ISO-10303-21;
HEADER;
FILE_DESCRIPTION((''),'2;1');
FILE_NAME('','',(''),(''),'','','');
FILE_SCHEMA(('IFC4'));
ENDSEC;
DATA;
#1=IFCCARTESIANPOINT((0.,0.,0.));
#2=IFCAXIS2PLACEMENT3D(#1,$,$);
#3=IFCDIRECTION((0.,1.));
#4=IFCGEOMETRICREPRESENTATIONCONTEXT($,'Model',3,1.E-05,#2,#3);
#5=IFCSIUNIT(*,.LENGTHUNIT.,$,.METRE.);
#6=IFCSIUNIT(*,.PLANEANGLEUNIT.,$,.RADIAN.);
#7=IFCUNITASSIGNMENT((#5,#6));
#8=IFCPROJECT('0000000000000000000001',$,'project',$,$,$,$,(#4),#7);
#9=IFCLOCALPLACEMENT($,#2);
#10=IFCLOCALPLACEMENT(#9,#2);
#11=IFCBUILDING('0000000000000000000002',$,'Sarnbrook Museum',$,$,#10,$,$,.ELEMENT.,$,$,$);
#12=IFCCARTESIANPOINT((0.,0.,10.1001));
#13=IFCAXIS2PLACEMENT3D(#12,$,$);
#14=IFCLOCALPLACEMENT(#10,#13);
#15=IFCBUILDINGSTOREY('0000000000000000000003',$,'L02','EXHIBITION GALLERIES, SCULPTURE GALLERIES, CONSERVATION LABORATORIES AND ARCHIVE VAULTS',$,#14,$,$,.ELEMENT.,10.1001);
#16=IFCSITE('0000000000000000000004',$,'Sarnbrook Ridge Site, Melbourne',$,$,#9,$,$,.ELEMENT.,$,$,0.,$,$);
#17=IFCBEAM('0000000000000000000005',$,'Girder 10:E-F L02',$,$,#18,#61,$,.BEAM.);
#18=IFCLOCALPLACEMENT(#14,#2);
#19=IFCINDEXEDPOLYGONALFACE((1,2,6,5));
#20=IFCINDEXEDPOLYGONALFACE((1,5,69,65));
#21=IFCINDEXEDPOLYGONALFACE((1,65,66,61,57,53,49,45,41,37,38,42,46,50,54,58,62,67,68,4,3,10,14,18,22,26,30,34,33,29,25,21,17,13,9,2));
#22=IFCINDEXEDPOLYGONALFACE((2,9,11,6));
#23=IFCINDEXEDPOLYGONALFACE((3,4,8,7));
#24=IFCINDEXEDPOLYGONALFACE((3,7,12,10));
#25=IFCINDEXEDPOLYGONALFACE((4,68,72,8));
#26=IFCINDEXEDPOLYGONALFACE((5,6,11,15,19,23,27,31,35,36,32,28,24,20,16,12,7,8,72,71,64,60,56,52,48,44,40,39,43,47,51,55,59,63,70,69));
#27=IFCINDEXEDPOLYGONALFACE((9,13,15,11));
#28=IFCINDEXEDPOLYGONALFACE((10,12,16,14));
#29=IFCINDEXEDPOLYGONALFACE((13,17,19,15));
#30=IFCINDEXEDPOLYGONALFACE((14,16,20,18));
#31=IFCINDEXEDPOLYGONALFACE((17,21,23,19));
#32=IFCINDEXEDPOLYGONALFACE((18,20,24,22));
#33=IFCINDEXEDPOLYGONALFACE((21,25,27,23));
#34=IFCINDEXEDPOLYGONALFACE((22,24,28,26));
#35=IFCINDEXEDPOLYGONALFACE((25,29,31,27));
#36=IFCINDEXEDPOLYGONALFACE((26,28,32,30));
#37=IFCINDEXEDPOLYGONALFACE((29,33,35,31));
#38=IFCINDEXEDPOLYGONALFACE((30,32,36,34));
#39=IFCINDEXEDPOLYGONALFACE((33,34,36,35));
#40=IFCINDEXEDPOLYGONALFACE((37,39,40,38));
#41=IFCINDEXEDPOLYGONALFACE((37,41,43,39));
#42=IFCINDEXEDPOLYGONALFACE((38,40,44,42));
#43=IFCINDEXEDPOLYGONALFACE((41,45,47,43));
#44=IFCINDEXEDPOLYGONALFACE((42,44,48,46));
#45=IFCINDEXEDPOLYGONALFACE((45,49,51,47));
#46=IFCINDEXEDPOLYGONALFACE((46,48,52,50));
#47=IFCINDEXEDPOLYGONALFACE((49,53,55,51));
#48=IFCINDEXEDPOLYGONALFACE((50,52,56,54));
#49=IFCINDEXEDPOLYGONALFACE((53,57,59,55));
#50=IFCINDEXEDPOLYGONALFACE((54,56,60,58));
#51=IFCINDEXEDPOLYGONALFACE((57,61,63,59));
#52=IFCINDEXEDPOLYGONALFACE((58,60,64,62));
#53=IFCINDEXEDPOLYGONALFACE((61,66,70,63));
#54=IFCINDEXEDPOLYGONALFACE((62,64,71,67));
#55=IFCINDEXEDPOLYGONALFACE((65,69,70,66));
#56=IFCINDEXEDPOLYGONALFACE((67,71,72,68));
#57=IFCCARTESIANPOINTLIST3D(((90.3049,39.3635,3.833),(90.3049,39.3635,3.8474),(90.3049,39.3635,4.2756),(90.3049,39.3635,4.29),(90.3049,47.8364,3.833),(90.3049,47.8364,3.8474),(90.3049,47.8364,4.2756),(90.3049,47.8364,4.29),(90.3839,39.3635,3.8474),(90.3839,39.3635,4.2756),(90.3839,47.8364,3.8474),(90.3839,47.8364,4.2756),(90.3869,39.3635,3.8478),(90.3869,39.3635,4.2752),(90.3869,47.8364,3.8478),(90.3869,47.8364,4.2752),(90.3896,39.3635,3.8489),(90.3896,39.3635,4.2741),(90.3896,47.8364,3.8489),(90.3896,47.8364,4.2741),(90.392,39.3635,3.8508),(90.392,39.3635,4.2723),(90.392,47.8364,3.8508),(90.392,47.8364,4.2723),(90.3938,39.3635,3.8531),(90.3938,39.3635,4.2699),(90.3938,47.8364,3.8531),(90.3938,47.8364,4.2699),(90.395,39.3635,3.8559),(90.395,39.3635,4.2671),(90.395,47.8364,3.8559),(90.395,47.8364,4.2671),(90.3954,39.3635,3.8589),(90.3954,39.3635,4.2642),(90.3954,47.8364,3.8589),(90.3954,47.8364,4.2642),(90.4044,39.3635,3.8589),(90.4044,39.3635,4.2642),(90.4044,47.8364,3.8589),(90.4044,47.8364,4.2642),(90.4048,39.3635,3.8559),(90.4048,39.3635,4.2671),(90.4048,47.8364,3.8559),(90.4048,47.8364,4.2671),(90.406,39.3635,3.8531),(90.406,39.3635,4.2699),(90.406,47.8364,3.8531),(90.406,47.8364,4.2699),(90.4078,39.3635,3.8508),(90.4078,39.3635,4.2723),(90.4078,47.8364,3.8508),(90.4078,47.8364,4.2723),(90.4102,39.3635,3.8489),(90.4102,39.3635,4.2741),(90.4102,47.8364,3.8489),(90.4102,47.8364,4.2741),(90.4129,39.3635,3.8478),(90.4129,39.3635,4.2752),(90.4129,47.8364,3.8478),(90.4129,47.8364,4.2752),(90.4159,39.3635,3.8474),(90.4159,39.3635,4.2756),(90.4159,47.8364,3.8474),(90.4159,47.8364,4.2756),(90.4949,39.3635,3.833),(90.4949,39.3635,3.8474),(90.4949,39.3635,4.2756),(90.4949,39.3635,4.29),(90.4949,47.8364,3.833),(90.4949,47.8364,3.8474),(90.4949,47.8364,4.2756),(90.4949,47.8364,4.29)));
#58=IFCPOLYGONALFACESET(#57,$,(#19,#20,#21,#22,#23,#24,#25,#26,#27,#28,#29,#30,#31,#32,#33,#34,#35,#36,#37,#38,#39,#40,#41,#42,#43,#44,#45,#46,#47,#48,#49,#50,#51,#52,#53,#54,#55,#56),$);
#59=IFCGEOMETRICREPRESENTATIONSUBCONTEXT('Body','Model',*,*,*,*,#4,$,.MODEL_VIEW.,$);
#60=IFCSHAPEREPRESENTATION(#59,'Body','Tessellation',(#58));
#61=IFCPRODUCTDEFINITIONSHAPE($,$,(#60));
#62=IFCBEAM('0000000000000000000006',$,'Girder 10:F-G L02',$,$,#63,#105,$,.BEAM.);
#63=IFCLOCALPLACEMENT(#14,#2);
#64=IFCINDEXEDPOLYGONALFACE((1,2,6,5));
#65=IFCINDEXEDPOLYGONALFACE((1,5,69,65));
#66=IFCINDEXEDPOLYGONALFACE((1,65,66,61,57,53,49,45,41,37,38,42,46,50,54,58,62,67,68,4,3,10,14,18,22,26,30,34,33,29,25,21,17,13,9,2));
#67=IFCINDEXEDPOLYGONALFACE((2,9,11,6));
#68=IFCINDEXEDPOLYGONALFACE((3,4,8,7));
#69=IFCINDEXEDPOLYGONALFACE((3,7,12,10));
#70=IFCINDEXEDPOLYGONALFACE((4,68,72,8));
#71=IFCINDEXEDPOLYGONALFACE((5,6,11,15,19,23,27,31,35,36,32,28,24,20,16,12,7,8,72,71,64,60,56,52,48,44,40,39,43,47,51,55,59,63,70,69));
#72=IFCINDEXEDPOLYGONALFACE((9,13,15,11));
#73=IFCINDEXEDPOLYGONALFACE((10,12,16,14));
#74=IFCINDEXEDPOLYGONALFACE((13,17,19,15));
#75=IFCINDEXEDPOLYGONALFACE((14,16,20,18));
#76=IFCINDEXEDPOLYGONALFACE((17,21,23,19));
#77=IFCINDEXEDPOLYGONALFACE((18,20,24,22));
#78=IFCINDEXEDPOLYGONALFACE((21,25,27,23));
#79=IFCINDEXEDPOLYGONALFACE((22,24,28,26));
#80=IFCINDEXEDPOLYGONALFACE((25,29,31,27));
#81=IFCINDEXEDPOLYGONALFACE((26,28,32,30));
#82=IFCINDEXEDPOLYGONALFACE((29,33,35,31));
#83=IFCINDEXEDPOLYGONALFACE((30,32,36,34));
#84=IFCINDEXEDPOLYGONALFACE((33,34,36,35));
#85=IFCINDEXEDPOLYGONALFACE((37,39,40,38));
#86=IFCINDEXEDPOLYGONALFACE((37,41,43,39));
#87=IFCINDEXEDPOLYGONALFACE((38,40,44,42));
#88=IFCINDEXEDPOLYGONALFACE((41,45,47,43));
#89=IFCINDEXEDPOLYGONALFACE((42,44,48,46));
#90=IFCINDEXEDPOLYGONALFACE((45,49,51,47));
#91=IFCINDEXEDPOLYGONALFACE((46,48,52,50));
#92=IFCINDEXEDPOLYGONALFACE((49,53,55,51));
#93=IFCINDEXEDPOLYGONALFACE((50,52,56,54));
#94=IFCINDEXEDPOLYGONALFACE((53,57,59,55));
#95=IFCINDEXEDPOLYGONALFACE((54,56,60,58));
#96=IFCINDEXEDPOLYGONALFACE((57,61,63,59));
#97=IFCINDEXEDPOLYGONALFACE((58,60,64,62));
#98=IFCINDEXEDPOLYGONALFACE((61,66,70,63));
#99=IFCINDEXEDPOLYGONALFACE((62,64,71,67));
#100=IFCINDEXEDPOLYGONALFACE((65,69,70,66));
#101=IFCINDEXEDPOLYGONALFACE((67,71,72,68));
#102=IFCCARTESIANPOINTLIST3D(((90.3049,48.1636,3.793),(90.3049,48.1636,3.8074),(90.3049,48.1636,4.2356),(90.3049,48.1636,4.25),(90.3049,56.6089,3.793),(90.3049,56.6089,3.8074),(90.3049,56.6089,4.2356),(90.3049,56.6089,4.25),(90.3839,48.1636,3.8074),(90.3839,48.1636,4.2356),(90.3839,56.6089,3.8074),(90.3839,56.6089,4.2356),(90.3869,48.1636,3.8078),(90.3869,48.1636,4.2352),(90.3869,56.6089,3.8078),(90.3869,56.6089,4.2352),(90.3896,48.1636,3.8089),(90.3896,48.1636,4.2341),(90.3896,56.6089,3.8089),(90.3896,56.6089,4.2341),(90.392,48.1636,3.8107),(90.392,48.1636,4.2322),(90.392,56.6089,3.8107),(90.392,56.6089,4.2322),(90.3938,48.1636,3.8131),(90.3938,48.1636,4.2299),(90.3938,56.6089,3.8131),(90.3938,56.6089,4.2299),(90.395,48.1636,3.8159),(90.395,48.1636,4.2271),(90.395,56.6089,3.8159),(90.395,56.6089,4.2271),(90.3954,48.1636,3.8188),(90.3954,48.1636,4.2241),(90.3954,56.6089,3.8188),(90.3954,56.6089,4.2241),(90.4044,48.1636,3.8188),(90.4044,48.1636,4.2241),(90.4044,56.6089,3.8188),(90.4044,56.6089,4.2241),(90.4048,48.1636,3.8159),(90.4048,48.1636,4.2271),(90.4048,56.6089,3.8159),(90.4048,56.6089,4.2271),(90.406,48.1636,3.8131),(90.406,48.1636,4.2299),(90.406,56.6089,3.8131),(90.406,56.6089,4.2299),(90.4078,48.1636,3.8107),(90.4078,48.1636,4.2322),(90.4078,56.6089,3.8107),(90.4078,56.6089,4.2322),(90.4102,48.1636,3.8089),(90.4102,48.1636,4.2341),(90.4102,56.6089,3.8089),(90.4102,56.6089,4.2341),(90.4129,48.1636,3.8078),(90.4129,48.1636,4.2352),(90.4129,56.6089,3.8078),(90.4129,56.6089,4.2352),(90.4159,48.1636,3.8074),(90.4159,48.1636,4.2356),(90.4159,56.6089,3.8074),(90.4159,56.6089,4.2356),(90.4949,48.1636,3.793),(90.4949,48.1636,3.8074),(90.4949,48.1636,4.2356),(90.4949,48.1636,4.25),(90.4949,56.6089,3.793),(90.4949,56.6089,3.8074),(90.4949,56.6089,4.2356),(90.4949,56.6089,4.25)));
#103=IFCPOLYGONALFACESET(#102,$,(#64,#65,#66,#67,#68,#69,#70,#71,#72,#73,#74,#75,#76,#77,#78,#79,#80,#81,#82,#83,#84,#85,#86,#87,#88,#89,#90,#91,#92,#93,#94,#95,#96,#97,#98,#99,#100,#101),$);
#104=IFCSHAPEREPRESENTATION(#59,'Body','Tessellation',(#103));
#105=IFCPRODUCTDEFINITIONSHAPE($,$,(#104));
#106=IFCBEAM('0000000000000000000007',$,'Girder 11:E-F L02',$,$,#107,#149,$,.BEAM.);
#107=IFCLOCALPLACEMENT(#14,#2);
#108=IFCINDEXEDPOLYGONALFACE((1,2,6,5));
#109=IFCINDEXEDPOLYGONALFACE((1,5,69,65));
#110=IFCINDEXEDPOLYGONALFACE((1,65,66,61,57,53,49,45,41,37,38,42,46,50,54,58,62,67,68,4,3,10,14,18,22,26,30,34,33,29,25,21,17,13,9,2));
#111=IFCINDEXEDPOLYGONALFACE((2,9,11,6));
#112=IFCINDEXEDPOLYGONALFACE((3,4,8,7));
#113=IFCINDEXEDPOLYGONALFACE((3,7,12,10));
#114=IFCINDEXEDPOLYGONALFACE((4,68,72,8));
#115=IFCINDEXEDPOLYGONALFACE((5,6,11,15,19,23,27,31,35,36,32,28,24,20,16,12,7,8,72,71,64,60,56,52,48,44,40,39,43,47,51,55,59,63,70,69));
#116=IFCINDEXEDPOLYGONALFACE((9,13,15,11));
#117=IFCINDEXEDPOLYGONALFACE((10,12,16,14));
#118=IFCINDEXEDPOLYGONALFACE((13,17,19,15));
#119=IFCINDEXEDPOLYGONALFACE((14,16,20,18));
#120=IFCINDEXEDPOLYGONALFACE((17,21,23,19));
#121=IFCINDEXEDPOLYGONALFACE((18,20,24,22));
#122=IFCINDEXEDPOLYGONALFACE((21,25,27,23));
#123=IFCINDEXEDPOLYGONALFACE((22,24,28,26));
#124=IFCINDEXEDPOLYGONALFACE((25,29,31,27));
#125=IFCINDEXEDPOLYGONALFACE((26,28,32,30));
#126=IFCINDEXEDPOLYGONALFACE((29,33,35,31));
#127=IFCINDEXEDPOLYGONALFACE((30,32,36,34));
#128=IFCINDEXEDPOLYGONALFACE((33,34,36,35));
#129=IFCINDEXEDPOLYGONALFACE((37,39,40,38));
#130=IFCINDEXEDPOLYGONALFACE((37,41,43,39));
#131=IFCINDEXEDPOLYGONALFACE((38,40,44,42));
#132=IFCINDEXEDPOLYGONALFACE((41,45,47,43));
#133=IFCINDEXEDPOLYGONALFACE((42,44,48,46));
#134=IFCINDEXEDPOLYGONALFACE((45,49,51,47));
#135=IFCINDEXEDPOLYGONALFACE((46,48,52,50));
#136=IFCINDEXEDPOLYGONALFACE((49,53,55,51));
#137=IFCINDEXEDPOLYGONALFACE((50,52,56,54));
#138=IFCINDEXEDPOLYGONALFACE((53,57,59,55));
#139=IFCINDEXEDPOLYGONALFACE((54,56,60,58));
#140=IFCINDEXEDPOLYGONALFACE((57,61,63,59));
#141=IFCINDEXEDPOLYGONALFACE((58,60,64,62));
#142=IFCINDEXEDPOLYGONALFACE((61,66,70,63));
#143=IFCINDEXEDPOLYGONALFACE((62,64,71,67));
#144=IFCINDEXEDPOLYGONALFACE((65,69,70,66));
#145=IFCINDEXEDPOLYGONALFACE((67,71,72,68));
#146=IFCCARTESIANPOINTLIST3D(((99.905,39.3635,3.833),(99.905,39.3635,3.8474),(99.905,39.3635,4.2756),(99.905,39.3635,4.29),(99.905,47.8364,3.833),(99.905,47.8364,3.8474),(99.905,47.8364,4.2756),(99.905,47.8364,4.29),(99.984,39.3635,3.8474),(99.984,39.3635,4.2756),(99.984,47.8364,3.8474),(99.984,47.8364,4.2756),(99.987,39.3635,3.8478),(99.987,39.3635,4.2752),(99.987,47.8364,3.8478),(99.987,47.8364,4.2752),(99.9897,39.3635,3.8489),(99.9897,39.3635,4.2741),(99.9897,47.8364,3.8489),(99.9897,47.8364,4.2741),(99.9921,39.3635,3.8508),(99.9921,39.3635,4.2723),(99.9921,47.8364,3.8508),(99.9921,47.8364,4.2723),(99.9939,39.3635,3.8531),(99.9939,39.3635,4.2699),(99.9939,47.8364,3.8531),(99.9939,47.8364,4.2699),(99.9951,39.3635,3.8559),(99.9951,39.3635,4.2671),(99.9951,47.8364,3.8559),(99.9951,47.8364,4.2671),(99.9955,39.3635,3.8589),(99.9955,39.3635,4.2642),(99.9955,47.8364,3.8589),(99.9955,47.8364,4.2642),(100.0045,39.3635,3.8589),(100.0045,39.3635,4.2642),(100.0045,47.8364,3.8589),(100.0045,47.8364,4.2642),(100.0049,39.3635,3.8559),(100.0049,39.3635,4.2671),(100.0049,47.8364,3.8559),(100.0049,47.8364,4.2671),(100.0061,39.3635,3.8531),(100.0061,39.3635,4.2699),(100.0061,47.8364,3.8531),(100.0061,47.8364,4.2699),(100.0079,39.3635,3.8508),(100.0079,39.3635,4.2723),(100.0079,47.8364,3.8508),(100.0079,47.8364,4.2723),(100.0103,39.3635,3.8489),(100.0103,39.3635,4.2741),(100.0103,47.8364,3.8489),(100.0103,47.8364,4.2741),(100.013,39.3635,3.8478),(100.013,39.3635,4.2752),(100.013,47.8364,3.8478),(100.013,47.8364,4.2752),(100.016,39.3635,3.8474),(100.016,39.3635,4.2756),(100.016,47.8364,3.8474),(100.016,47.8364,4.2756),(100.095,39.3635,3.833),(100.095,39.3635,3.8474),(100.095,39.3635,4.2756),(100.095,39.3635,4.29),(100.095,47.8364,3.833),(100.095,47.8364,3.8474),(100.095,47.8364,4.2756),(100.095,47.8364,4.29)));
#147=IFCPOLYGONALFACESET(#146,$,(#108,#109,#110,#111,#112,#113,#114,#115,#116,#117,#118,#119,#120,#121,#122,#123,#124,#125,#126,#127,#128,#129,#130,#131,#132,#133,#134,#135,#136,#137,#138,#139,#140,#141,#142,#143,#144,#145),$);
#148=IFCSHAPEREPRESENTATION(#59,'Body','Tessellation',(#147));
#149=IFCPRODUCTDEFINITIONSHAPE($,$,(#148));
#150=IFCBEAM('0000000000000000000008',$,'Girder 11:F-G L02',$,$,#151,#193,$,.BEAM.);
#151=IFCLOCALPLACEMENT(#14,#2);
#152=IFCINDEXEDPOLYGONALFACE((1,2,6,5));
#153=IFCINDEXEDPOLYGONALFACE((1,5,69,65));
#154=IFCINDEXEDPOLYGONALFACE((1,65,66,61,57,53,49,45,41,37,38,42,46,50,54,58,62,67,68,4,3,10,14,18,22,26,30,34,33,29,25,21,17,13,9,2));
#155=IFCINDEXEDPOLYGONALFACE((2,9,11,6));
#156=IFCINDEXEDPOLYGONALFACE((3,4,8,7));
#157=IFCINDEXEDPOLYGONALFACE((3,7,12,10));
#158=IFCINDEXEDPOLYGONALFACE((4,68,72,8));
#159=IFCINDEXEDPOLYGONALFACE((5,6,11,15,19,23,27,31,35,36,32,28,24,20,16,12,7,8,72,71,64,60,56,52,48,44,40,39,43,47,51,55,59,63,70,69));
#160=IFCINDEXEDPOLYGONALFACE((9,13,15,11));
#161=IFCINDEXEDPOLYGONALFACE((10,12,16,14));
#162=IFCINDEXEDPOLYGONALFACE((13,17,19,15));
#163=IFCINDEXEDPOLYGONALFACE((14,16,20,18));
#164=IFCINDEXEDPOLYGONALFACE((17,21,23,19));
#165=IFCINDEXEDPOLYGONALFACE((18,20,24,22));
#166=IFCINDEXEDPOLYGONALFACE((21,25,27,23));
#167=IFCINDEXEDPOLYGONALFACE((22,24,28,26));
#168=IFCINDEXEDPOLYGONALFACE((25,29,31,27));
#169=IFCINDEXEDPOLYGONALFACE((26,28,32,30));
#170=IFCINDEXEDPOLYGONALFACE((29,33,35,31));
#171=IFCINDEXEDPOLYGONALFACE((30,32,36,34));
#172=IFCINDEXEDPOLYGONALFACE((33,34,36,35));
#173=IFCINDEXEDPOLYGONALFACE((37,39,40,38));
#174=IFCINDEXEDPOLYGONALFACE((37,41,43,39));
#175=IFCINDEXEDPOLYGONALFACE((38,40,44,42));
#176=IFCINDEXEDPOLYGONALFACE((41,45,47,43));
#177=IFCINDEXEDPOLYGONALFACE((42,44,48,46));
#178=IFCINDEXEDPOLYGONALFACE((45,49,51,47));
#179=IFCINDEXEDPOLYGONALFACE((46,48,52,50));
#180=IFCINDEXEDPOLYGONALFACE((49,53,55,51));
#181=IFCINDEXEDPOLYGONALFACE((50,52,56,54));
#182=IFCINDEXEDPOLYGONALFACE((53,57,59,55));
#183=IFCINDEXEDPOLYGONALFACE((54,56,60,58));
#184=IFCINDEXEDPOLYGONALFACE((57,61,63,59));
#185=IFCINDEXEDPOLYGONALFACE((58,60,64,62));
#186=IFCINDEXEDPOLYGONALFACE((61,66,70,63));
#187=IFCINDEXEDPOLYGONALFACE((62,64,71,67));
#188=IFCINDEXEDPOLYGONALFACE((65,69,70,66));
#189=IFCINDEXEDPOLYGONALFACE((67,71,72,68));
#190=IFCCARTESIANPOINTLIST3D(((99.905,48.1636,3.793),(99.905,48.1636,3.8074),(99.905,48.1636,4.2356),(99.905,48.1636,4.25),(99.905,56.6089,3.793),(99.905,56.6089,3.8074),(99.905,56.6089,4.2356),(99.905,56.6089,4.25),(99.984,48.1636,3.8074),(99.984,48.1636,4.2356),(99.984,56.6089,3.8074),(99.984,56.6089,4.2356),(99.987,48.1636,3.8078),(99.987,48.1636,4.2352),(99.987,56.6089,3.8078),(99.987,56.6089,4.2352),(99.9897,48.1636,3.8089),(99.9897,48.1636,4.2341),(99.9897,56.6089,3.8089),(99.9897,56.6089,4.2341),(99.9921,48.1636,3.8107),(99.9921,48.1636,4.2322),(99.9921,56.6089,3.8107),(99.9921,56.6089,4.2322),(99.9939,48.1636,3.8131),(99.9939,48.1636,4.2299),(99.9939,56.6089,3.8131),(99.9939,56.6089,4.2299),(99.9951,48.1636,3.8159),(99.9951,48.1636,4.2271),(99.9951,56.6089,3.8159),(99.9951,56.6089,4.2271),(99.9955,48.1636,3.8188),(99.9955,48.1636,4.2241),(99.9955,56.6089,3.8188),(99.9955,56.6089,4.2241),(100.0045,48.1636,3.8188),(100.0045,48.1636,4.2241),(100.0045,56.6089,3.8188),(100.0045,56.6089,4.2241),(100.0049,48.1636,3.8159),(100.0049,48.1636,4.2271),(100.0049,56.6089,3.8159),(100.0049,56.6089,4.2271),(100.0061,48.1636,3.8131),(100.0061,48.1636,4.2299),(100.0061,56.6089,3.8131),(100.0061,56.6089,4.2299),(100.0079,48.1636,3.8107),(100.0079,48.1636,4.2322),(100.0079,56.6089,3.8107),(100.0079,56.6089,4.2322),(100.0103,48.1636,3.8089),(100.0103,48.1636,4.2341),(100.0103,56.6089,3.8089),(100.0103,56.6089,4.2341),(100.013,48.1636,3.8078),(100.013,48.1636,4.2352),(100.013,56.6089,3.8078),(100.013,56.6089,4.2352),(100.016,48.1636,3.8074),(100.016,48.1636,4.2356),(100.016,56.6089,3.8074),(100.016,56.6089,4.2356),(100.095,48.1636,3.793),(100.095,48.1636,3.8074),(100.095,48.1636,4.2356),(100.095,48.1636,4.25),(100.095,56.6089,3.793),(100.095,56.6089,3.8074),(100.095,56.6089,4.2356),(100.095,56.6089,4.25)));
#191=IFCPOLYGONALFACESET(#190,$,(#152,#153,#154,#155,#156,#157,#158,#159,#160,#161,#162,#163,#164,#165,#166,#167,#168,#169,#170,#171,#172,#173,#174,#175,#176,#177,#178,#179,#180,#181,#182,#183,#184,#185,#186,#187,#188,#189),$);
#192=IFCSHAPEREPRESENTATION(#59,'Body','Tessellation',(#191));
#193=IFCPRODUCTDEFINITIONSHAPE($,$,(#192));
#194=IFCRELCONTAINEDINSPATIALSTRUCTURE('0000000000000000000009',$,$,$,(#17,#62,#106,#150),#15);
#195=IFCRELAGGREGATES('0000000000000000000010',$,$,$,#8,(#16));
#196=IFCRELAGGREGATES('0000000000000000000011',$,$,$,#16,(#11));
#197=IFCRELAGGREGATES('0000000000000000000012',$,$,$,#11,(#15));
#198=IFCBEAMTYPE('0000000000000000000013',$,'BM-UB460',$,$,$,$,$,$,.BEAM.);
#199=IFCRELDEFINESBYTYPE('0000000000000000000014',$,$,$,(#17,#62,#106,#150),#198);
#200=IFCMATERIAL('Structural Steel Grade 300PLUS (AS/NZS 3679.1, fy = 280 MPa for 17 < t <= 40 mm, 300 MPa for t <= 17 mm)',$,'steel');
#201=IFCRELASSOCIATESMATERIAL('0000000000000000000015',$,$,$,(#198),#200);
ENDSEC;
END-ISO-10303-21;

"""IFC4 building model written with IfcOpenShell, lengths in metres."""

from ifc_helpers import new_model, si_unit, direction, frame, origin, origin_2d, place, context, subcontext, project, spatial, i_section, extrude, material, material_profile, profile_set, type_object, element, save


model = new_model("IFC4")

# Units and contexts
model_context = context("Model", 3, precision=1e-05, world=origin(), true_north=direction((0.0, 1.0)))
body_context = subcontext(model_context, "Body", "Model", "MODEL_VIEW")
ifc_project = project(units=[si_unit("LENGTHUNIT", "METRE"), si_unit("PLANEANGLEUNIT", "RADIAN")], contexts=[model_context])

# Site, building, storey
site_placement = place(None, origin())
site = spatial("IfcSite", under=ifc_project, at=site_placement, Name="Sarnbrook Ridge Site, Melbourne", CompositionType="ELEMENT", RefElevation=0.0)
building_placement = place(site_placement, origin())
building = spatial("IfcBuilding", under=site, at=building_placement, Name="Sarnbrook Museum", CompositionType="ELEMENT")
storey_placement = place(building_placement, frame((0.0, 0.0, 10.1001)))
storey = spatial("IfcBuildingStorey", under=building, at=storey_placement, Name="L02", Description="EXHIBITION GALLERIES, SCULPTURE GALLERIES, CONSERVATION LABORATORIES AND ARCHIVE VAULTS", CompositionType="ELEMENT", Elevation=10.1001)

# Shared definitions
ifc_material_1 = material(Name="Structural Steel Grade 300PLUS (AS/NZS 3679.1, fy = 280 MPa for 17 < t <= 40 mm, 300 MPa for t <= 17 mm)", Category="steel")

# Beams
ifc_material_profile_1 = material_profile(ifc_material_1, i_section(OverallWidth=0.1899, OverallDepth=0.457, WebThickness=0.009, FlangeThickness=0.0144, FilletRadius=0.0115, at=origin_2d()), Name="460UB74.6")
ifc_profile_set_1 = profile_set([ifc_material_profile_1], Name="Structural Steel Grade 300PLUS (AS/NZS 3679.1, fy = 280 MPa for 17 < t <= 40 mm, 300 MPa for t <= 17 mm)")
beam_type_1 = type_object("IfcBeamType", Name="BM-UB460", PredefinedType="BEAM", material=ifc_profile_set_1)
beam_1_placement = place(storey_placement, frame((90.3999, 39.3635, 4.0615), z_axis=(0.0, 1.0, 0.0), x_axis=(-1.0, 0.0, 0.0)))
element("IfcBeam", 1, at=beam_1_placement, inside=storey, type_object=beam_type_1, Name="Girder 10:E-F L02", PredefinedType="BEAM", context=body_context, shape_type="SweptSolid", body=[
    extrude(i_section(OverallWidth=0.1899, OverallDepth=0.457, WebThickness=0.009, FlangeThickness=0.0144, FilletRadius=0.0115, at=origin_2d()), origin(), (0.0, 0.0, 1.0), 8.4729),
])
beam_2_placement = place(storey_placement, frame((90.3999, 48.1636, 4.0215), z_axis=(0.0, 1.0, 0.0), x_axis=(-1.0, 0.0, 0.0)))
element("IfcBeam", 2, at=beam_2_placement, inside=storey, type_object=beam_type_1, Name="Girder 10:F-G L02", PredefinedType="BEAM", context=body_context, shape_type="SweptSolid", body=[
    extrude(i_section(OverallWidth=0.1899, OverallDepth=0.457, WebThickness=0.009, FlangeThickness=0.0144, FilletRadius=0.0115, at=origin_2d()), origin(), (0.0, 0.0, 1.0), 8.4453),
])
beam_3_placement = place(storey_placement, frame((100.0, 39.3635, 4.0615), z_axis=(0.0, 1.0, 0.0), x_axis=(-1.0, 0.0, 0.0)))
element("IfcBeam", 3, at=beam_3_placement, inside=storey, type_object=beam_type_1, Name="Girder 11:E-F L02", PredefinedType="BEAM", context=body_context, shape_type="SweptSolid", body=[
    extrude(i_section(OverallWidth=0.1899, OverallDepth=0.457, WebThickness=0.009, FlangeThickness=0.0144, FilletRadius=0.0115, at=origin_2d()), origin(), (0.0, 0.0, 1.0), 8.4729),
])
beam_4_placement = place(storey_placement, frame((100.0, 48.1636, 4.0215), z_axis=(0.0, 1.0, 0.0), x_axis=(-1.0, 0.0, 0.0)))
element("IfcBeam", 4, at=beam_4_placement, inside=storey, type_object=beam_type_1, Name="Girder 11:F-G L02", PredefinedType="BEAM", context=body_context, shape_type="SweptSolid", body=[
    extrude(i_section(OverallWidth=0.1899, OverallDepth=0.457, WebThickness=0.009, FlangeThickness=0.0144, FilletRadius=0.0115, at=origin_2d()), origin(), (0.0, 0.0, 1.0), 8.4453),
])

save(model, "model.ifc")
